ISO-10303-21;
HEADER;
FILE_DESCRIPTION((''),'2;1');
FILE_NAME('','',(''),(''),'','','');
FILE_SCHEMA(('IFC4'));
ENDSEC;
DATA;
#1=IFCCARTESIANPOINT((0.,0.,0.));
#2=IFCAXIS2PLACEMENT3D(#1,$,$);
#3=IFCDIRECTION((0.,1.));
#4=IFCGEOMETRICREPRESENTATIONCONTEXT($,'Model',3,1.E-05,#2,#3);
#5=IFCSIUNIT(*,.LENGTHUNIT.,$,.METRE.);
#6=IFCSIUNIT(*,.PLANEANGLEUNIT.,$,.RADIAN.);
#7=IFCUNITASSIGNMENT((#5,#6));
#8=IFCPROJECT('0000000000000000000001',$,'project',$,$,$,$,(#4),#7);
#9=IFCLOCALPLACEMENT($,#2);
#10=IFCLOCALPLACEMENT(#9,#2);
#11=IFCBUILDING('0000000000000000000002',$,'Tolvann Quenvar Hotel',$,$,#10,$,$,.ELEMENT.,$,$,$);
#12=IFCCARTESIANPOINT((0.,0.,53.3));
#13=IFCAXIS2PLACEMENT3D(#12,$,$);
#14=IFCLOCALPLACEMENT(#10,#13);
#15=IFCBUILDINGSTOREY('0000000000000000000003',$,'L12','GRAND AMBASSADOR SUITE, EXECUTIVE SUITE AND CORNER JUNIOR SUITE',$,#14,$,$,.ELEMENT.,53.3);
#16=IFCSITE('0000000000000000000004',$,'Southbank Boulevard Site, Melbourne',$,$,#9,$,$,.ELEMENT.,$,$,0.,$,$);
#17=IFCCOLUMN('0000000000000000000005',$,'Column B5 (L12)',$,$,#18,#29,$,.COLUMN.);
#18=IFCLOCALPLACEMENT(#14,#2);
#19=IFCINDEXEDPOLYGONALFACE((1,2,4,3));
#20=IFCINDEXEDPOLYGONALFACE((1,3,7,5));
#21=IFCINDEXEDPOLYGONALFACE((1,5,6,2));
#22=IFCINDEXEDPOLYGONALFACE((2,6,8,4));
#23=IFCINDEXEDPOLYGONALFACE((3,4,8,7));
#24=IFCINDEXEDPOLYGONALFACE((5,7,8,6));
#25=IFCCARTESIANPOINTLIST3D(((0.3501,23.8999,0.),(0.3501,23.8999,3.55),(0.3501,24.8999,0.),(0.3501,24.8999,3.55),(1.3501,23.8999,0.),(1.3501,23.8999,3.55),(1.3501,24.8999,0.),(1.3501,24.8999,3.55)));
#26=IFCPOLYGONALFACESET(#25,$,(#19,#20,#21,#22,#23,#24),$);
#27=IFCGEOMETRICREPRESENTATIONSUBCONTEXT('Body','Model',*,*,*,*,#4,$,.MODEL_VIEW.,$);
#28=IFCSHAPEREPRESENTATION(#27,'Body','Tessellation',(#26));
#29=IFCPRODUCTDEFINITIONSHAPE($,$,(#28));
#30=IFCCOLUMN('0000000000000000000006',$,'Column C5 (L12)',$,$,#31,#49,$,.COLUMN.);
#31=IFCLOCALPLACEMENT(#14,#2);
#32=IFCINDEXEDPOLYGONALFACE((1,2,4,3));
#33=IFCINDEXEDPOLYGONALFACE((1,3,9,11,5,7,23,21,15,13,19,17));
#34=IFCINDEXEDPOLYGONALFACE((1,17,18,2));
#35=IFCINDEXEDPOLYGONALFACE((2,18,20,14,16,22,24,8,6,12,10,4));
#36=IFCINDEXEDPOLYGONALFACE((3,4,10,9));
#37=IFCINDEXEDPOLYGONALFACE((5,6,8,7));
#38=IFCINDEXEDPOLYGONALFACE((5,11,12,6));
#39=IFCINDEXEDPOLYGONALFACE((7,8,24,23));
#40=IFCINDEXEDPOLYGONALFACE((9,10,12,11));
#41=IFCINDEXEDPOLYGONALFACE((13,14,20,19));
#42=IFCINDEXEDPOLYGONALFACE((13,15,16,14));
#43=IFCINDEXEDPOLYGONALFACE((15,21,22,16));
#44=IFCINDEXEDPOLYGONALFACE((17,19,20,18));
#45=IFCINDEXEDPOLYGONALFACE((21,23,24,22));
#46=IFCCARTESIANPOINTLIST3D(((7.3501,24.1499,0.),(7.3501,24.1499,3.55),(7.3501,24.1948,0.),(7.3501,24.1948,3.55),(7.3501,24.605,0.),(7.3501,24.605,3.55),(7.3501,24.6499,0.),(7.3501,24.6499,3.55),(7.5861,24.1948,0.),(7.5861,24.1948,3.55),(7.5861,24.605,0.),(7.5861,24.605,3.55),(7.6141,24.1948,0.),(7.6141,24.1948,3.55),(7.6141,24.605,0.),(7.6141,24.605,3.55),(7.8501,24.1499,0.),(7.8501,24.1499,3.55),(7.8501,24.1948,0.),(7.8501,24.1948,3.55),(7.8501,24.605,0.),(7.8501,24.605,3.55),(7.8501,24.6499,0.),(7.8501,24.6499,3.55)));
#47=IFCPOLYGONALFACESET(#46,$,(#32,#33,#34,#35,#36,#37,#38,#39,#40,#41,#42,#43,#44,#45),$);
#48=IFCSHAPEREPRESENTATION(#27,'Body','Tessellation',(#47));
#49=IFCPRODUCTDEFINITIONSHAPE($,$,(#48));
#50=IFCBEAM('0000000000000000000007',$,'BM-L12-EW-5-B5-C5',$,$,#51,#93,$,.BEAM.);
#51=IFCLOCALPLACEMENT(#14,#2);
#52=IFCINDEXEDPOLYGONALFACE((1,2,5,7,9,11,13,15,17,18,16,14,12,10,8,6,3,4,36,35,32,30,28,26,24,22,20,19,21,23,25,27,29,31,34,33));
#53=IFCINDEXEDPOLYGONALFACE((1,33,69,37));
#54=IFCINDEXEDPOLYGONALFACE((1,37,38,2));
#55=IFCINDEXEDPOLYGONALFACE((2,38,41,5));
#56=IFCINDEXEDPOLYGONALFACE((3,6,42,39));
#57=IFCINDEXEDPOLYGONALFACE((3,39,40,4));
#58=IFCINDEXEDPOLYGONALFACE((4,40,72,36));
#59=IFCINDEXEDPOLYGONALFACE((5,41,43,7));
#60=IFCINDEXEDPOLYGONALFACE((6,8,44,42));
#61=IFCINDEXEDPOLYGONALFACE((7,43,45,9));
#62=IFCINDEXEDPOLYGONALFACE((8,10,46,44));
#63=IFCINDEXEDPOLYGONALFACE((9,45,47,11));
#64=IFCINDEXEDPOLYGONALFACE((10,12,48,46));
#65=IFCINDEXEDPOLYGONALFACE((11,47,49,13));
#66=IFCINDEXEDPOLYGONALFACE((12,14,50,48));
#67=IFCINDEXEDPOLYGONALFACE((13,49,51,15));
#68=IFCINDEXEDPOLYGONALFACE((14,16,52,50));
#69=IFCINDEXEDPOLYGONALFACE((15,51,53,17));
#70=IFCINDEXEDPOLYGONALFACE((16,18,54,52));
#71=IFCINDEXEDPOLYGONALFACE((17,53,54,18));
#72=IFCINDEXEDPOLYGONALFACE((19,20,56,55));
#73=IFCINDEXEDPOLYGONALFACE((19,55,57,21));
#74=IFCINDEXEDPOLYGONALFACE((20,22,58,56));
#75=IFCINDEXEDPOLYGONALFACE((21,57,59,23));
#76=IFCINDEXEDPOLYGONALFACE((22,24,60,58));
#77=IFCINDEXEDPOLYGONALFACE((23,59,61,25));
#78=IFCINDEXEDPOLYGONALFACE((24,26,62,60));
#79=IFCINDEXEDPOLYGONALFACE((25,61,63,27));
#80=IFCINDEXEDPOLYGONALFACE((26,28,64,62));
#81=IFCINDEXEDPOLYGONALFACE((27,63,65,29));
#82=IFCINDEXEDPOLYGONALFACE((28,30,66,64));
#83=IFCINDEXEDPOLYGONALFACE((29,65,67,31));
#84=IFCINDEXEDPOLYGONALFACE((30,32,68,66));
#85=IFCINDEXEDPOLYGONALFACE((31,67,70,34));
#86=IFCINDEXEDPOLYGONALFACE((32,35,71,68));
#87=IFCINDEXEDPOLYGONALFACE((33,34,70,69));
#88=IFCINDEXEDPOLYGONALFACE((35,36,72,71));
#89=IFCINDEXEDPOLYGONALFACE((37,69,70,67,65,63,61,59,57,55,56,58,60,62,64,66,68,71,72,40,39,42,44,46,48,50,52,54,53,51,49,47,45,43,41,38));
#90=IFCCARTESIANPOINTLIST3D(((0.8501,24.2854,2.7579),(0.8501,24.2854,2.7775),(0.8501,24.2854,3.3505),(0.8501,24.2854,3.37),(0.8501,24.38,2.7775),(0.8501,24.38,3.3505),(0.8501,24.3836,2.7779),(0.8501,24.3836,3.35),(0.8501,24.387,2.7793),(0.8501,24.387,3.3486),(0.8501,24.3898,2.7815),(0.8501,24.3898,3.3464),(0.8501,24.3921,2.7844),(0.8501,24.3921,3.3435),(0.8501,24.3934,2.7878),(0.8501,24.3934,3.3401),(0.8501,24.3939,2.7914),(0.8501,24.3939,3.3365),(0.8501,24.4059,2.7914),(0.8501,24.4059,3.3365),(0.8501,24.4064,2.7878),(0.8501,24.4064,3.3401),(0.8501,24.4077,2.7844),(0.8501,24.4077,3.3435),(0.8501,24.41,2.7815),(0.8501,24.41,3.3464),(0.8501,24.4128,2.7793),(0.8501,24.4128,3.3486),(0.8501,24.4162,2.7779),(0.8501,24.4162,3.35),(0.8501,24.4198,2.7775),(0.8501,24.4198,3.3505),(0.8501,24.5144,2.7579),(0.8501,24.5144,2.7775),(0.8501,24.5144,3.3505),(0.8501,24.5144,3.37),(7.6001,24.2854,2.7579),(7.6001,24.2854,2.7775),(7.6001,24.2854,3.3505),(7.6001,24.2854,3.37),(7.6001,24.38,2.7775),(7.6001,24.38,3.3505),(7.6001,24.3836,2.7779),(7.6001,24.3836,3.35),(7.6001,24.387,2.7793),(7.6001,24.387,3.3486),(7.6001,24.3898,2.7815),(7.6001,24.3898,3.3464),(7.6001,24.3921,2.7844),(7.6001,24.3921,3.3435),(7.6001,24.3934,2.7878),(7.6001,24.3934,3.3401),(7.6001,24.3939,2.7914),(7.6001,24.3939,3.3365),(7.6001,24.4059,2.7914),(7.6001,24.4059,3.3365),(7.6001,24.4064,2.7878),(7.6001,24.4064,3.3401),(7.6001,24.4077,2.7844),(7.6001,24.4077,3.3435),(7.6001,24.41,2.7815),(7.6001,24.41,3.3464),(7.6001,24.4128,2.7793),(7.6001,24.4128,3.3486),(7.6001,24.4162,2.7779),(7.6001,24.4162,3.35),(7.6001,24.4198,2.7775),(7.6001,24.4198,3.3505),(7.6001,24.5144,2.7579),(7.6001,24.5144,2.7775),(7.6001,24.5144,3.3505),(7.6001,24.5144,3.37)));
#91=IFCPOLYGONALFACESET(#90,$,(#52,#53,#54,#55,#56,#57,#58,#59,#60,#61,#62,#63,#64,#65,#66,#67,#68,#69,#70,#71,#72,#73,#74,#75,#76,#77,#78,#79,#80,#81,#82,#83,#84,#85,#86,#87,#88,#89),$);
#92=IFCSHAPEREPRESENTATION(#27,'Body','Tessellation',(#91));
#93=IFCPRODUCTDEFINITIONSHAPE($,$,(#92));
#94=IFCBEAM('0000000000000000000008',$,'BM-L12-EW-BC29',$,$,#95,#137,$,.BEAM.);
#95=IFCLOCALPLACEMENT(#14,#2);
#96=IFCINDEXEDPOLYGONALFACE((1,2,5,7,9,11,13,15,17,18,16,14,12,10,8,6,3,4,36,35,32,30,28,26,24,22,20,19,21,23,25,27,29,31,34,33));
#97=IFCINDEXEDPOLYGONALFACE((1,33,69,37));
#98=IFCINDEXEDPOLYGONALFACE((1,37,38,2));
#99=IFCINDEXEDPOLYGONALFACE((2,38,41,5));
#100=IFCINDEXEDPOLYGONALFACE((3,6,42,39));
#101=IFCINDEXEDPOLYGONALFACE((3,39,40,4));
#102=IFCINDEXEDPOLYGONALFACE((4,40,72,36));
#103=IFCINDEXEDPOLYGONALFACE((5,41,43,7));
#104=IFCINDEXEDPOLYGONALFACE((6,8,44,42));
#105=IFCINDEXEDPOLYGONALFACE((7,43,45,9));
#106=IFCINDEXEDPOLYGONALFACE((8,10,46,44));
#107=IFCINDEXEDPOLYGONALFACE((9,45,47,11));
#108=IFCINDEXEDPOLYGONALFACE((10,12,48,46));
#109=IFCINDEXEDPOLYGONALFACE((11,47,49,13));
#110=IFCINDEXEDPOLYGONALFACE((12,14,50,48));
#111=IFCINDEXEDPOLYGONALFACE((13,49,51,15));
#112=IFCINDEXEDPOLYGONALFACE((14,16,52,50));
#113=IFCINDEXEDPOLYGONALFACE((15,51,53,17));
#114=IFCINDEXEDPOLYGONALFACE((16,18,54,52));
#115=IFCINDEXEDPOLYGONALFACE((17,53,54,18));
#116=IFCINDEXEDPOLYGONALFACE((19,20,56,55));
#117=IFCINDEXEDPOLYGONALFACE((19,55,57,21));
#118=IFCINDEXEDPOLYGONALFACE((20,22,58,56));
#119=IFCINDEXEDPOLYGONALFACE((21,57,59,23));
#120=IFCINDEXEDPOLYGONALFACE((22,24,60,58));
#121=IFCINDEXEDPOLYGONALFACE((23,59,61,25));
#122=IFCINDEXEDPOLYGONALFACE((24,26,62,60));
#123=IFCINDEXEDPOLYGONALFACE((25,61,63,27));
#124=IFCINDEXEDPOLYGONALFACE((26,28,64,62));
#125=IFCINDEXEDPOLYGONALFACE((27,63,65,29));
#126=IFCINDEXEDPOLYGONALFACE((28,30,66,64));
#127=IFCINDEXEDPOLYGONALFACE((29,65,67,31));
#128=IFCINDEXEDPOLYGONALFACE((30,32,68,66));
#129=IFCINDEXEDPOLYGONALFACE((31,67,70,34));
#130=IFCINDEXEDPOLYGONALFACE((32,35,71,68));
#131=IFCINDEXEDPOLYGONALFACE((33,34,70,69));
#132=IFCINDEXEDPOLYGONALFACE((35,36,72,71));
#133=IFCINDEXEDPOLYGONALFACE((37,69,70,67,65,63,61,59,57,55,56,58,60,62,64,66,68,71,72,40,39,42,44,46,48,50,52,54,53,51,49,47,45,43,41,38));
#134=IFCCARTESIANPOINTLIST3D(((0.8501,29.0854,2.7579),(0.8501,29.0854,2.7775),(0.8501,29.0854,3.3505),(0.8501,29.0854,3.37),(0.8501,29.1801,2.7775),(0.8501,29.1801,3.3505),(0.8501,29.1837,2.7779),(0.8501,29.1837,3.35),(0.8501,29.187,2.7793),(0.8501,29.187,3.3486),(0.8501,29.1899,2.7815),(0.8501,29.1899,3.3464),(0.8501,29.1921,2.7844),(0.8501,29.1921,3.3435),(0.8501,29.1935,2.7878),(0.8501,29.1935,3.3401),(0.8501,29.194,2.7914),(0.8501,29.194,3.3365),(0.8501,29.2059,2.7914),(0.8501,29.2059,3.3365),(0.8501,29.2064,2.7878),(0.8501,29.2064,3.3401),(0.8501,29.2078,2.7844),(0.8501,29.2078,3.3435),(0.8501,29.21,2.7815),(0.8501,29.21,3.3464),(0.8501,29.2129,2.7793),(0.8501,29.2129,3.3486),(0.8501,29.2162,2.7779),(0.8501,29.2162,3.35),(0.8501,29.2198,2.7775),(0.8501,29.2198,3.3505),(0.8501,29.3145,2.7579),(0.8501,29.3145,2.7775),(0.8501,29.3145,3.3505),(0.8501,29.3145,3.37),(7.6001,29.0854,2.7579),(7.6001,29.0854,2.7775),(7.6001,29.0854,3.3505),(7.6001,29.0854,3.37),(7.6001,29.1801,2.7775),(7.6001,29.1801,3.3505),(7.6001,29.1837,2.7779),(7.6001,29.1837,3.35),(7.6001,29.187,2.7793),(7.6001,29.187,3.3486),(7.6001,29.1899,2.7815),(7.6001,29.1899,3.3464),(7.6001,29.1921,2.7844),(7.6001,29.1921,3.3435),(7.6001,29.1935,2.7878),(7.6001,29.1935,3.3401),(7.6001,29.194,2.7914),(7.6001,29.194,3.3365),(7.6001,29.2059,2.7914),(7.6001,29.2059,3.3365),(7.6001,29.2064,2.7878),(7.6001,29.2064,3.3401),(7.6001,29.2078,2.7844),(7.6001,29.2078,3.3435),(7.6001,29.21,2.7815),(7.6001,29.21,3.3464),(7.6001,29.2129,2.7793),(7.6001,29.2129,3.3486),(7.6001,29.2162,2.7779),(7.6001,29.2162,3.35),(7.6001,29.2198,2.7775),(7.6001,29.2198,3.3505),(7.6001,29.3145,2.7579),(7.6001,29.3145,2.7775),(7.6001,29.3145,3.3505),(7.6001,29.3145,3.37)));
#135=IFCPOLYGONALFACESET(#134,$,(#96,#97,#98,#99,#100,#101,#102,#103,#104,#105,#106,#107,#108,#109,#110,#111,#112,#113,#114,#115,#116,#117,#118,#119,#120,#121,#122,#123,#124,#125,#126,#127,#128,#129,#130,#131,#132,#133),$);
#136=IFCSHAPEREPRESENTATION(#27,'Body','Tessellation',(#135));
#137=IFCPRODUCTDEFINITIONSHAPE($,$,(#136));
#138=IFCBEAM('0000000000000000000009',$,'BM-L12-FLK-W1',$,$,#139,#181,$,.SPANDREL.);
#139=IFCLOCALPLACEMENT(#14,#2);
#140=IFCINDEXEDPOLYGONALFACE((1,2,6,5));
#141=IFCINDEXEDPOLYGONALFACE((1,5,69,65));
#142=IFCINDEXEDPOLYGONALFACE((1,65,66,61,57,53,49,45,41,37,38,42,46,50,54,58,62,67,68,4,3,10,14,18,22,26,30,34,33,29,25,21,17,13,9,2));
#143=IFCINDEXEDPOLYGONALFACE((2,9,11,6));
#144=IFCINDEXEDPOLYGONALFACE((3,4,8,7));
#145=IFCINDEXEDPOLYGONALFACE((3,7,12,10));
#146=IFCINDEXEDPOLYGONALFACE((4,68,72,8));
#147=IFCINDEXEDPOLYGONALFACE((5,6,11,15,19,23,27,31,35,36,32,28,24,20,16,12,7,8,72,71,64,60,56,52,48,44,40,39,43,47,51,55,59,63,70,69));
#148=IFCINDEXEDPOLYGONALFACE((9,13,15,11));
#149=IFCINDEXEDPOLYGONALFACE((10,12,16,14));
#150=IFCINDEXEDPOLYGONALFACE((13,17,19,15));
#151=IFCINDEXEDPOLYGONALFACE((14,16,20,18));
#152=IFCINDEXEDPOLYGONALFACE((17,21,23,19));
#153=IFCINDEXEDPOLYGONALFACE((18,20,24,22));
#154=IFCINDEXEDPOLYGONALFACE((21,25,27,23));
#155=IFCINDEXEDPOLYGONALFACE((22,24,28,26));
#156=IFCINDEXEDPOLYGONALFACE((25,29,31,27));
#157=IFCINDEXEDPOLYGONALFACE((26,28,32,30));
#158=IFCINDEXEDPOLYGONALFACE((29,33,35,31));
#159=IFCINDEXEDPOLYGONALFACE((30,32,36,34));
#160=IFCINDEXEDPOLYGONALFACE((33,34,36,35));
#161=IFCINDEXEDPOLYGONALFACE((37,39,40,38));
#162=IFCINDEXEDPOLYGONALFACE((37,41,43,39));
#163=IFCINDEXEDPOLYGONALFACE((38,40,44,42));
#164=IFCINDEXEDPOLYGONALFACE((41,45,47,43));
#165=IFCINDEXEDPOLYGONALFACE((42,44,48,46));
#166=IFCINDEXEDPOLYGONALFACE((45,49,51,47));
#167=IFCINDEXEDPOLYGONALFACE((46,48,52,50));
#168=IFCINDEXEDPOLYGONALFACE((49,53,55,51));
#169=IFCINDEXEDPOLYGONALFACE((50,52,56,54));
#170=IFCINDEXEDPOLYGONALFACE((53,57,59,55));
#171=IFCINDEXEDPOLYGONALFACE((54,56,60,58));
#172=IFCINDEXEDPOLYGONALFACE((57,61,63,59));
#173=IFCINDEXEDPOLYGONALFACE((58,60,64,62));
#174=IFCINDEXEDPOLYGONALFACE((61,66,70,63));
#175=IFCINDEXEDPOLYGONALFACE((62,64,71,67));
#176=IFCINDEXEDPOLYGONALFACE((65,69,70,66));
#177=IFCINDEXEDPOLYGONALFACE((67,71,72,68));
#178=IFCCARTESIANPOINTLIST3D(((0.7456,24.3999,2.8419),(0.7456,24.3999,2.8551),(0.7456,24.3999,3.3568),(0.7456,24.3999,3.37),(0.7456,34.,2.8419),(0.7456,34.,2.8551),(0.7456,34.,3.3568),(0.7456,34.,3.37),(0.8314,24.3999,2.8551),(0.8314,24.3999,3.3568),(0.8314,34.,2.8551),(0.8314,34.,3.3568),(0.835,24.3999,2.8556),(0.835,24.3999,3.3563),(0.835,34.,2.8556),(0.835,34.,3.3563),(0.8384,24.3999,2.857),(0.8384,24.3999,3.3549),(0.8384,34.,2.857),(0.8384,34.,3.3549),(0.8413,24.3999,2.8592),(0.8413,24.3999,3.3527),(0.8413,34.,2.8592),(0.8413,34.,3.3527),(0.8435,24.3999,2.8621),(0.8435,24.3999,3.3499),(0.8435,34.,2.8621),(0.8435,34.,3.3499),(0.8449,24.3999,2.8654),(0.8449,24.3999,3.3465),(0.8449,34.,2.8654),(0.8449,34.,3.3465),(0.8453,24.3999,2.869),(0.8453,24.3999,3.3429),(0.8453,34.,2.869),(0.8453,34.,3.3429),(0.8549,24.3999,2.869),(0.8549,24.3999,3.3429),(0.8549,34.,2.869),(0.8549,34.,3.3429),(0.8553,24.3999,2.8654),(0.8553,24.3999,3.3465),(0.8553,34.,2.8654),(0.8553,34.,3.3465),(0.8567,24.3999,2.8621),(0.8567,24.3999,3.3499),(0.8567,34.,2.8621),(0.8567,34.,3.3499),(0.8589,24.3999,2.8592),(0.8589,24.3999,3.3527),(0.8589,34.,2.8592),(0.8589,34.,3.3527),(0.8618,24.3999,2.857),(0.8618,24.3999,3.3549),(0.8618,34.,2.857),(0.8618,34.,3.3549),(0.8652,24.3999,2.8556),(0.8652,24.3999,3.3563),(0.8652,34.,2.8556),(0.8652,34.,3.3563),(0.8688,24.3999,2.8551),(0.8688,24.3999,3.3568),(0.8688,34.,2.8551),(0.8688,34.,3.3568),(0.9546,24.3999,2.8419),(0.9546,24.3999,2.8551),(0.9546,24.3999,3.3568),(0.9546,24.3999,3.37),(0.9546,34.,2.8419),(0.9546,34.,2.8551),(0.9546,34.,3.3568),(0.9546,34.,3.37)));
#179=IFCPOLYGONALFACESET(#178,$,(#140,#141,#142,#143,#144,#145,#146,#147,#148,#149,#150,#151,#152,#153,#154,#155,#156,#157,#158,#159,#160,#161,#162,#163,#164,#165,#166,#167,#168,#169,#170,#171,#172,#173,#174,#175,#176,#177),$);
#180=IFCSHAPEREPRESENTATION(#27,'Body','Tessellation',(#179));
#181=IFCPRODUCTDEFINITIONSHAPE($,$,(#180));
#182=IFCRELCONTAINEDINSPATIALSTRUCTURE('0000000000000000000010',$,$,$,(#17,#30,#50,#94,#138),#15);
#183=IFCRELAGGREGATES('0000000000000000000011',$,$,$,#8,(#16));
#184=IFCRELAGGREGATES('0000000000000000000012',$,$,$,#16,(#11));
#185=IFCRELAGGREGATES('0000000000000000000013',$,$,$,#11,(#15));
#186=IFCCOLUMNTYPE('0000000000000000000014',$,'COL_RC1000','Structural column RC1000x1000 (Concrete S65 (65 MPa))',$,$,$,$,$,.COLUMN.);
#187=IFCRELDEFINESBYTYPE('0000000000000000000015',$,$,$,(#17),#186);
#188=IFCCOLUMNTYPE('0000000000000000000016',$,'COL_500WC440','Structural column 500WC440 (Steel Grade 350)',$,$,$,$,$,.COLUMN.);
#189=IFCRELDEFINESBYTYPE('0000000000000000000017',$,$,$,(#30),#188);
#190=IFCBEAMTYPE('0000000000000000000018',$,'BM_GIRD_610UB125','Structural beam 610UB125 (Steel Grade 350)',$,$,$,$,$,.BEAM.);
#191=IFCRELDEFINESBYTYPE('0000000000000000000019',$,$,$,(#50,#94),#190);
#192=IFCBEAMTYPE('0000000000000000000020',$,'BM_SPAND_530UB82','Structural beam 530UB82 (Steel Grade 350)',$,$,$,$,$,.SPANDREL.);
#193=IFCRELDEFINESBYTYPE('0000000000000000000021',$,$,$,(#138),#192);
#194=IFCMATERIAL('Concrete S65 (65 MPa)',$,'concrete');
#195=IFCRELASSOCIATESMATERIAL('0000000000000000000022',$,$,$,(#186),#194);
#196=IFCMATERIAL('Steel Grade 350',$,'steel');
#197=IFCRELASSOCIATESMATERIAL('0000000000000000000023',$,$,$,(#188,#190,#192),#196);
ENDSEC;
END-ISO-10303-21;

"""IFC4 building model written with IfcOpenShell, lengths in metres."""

from ifc_helpers import new_model, si_unit, direction, frame, origin, origin_2d, place, context, subcontext, project, spatial, rectangle, i_section, extrude, source, transform, mapped, material, material_profile, profile_set, type_object, type_shapes, element, save


model = new_model("IFC4")

# Units and contexts
model_context = context("Model", 3, precision=1e-05, world=origin(), true_north=direction((0.0, 1.0)))
body_context = subcontext(model_context, "Body", "Model", "MODEL_VIEW")
ifc_project = project(units=[si_unit("LENGTHUNIT", "METRE"), si_unit("PLANEANGLEUNIT", "RADIAN")], contexts=[model_context])

# Site, building, storey
site_placement = place(None, origin())
site = spatial("IfcSite", under=ifc_project, at=site_placement, Name="Southbank Boulevard Site, Melbourne", CompositionType="ELEMENT", RefElevation=0.0)
building_placement = place(site_placement, origin())
building = spatial("IfcBuilding", under=site, at=building_placement, Name="Tolvann Quenvar Hotel", CompositionType="ELEMENT")
storey_placement = place(building_placement, frame((0.0, 0.0, 53.3)))
storey = spatial("IfcBuildingStorey", under=building, at=storey_placement, Name="L12", Description="GRAND AMBASSADOR SUITE, EXECUTIVE SUITE AND CORNER JUNIOR SUITE", CompositionType="ELEMENT", Elevation=53.3)

# Columns
ifc_material_1 = material(Name="Concrete S65 (65 MPa)", Category="concrete")
ifc_material_profile_1 = material_profile(ifc_material_1, rectangle(XDim=1.0, YDim=1.0, at=origin_2d()), Name="RC1000x1000")
ifc_profile_set_1 = profile_set([ifc_material_profile_1], Name="Concrete S65 (65 MPa)")
column_type_1 = type_object("IfcColumnType", Name="COL_RC1000", Description="Structural column RC1000x1000 (Concrete S65 (65 MPa))", PredefinedType="COLUMN", material=ifc_profile_set_1)
shared_shape_1 = source(origin(), body_context, "Body", "SweptSolid", [
    extrude(rectangle(XDim=1.0, YDim=1.0, at=origin_2d()), origin(), (0.0, 0.0, 1.0), 3.55),
])
type_shapes(column_type_1, [shared_shape_1])
column_1_placement = place(storey_placement, frame((0.8501, 24.3999, 0.0), z_axis=(0.0, 0.0, 1.0), x_axis=(1.0, 0.0, 0.0)))
element("IfcColumn", 1, at=column_1_placement, inside=storey, type_object=column_type_1, Name="Column B5 (L12)", PredefinedType="COLUMN", context=body_context, shape_type="MappedRepresentation", body=[
    mapped(shared_shape_1, transform((0.0, 0.0, 0.0), x_axis=(1.0, 0.0, 0.0), y_axis=(0.0, 1.0, 0.0), z_axis=(0.0, 0.0, 1.0), scale=1.0)),
])
ifc_material_2 = material(Name="Steel Grade 350", Category="steel")
ifc_material_profile_2 = material_profile(ifc_material_2, i_section(OverallWidth=0.5, OverallDepth=0.5, WebThickness=0.0281, FlangeThickness=0.0449, at=origin_2d()), Name="500WC440")
ifc_profile_set_2 = profile_set([ifc_material_profile_2], Name="Steel Grade 350")
column_type_2 = type_object("IfcColumnType", Name="COL_500WC440", Description="Structural column 500WC440 (Steel Grade 350)", PredefinedType="COLUMN", material=ifc_profile_set_2)
shared_shape_2 = source(origin(), body_context, "Body", "SweptSolid", [
    extrude(i_section(OverallWidth=0.5, OverallDepth=0.5, WebThickness=0.0281, FlangeThickness=0.0449, at=origin_2d()), origin(), (0.0, 0.0, 1.0), 3.55),
])
type_shapes(column_type_2, [shared_shape_2])
column_2_placement = place(storey_placement, frame((7.6001, 24.3999, 0.0), z_axis=(0.0, 0.0, 1.0), x_axis=(1.0, 0.0, 0.0)))
element("IfcColumn", 2, at=column_2_placement, inside=storey, type_object=column_type_2, Name="Column C5 (L12)", PredefinedType="COLUMN", context=body_context, shape_type="MappedRepresentation", body=[
    mapped(shared_shape_2, transform((0.0, 0.0, 0.0), x_axis=(1.0, 0.0, 0.0), y_axis=(0.0, 1.0, 0.0), z_axis=(0.0, 0.0, 1.0), scale=1.0)),
])

# Beams
ifc_material_profile_3 = material_profile(ifc_material_2, i_section(OverallWidth=0.229, OverallDepth=0.6121, WebThickness=0.012, FlangeThickness=0.0195, FilletRadius=0.0139, at=origin_2d()), Name="610UB125")
ifc_profile_set_3 = profile_set([ifc_material_profile_3], Name="Steel Grade 350")
beam_type_1 = type_object("IfcBeamType", Name="BM_GIRD_610UB125", Description="Structural beam 610UB125 (Steel Grade 350)", PredefinedType="BEAM", material=ifc_profile_set_3)
shared_shape_3 = source(origin(), body_context, "Body", "SweptSolid", [
    extrude(i_section(OverallWidth=0.229, OverallDepth=0.6121, WebThickness=0.012, FlangeThickness=0.0195, FilletRadius=0.0139, at=origin_2d()), origin(), (0.0, 0.0, 1.0), 6.75),
])
type_shapes(beam_type_1, [shared_shape_3])
for number, where, z_axis, x_axis, name in (
    (3, (0.8501, 24.3999, 3.064), (1.0, 0.0, 0.0), (0.0, 1.0, 0.0), "BM-L12-EW-5-B5-C5"),
    (4, (0.8501, 29.2, 3.064), (1.0, 0.0, 0.0), (0.0, 1.0, 0.0), "BM-L12-EW-BC29"),
):
    element("IfcBeam", number, at=place(storey_placement, frame(where, z_axis=z_axis, x_axis=x_axis)), inside=storey, type_object=beam_type_1, Name=name, PredefinedType="BEAM", context=body_context, shape_type="MappedRepresentation", body=[
        mapped(shared_shape_3, transform((0.0, 0.0, 0.0), x_axis=(1.0, 0.0, 0.0), y_axis=(0.0, 1.0, 0.0), z_axis=(0.0, 0.0, 1.0), scale=1.0)),
    ])
ifc_material_profile_4 = material_profile(ifc_material_2, i_section(OverallWidth=0.209, OverallDepth=0.5281, WebThickness=0.0095, FlangeThickness=0.0132, FilletRadius=0.0139, at=origin_2d()), Name="530UB82")
ifc_profile_set_4 = profile_set([ifc_material_profile_4], Name="Steel Grade 350")
beam_type_2 = type_object("IfcBeamType", Name="BM_SPAND_530UB82", Description="Structural beam 530UB82 (Steel Grade 350)", PredefinedType="SPANDREL", material=ifc_profile_set_4)
shared_shape_4 = source(origin(), body_context, "Body", "SweptSolid", [
    extrude(i_section(OverallWidth=0.209, OverallDepth=0.5281, WebThickness=0.0095, FlangeThickness=0.0132, FilletRadius=0.0139, at=origin_2d()), origin(), (0.0, 0.0, 1.0), 9.6001),
])
type_shapes(beam_type_2, [shared_shape_4])
beam_placement = place(storey_placement, frame((0.8501, 24.3999, 3.106), z_axis=(0.0, 1.0, 0.0), x_axis=(-1.0, 0.0, 0.0)))
element("IfcBeam", 5, at=beam_placement, inside=storey, type_object=beam_type_2, Name="BM-L12-FLK-W1", PredefinedType="SPANDREL", context=body_context, shape_type="MappedRepresentation", body=[
    mapped(shared_shape_4, transform((0.0, 0.0, 0.0), x_axis=(1.0, 0.0, 0.0), y_axis=(0.0, 1.0, 0.0), z_axis=(0.0, 0.0, 1.0), scale=1.0)),
])

save(model, "model.ifc")
